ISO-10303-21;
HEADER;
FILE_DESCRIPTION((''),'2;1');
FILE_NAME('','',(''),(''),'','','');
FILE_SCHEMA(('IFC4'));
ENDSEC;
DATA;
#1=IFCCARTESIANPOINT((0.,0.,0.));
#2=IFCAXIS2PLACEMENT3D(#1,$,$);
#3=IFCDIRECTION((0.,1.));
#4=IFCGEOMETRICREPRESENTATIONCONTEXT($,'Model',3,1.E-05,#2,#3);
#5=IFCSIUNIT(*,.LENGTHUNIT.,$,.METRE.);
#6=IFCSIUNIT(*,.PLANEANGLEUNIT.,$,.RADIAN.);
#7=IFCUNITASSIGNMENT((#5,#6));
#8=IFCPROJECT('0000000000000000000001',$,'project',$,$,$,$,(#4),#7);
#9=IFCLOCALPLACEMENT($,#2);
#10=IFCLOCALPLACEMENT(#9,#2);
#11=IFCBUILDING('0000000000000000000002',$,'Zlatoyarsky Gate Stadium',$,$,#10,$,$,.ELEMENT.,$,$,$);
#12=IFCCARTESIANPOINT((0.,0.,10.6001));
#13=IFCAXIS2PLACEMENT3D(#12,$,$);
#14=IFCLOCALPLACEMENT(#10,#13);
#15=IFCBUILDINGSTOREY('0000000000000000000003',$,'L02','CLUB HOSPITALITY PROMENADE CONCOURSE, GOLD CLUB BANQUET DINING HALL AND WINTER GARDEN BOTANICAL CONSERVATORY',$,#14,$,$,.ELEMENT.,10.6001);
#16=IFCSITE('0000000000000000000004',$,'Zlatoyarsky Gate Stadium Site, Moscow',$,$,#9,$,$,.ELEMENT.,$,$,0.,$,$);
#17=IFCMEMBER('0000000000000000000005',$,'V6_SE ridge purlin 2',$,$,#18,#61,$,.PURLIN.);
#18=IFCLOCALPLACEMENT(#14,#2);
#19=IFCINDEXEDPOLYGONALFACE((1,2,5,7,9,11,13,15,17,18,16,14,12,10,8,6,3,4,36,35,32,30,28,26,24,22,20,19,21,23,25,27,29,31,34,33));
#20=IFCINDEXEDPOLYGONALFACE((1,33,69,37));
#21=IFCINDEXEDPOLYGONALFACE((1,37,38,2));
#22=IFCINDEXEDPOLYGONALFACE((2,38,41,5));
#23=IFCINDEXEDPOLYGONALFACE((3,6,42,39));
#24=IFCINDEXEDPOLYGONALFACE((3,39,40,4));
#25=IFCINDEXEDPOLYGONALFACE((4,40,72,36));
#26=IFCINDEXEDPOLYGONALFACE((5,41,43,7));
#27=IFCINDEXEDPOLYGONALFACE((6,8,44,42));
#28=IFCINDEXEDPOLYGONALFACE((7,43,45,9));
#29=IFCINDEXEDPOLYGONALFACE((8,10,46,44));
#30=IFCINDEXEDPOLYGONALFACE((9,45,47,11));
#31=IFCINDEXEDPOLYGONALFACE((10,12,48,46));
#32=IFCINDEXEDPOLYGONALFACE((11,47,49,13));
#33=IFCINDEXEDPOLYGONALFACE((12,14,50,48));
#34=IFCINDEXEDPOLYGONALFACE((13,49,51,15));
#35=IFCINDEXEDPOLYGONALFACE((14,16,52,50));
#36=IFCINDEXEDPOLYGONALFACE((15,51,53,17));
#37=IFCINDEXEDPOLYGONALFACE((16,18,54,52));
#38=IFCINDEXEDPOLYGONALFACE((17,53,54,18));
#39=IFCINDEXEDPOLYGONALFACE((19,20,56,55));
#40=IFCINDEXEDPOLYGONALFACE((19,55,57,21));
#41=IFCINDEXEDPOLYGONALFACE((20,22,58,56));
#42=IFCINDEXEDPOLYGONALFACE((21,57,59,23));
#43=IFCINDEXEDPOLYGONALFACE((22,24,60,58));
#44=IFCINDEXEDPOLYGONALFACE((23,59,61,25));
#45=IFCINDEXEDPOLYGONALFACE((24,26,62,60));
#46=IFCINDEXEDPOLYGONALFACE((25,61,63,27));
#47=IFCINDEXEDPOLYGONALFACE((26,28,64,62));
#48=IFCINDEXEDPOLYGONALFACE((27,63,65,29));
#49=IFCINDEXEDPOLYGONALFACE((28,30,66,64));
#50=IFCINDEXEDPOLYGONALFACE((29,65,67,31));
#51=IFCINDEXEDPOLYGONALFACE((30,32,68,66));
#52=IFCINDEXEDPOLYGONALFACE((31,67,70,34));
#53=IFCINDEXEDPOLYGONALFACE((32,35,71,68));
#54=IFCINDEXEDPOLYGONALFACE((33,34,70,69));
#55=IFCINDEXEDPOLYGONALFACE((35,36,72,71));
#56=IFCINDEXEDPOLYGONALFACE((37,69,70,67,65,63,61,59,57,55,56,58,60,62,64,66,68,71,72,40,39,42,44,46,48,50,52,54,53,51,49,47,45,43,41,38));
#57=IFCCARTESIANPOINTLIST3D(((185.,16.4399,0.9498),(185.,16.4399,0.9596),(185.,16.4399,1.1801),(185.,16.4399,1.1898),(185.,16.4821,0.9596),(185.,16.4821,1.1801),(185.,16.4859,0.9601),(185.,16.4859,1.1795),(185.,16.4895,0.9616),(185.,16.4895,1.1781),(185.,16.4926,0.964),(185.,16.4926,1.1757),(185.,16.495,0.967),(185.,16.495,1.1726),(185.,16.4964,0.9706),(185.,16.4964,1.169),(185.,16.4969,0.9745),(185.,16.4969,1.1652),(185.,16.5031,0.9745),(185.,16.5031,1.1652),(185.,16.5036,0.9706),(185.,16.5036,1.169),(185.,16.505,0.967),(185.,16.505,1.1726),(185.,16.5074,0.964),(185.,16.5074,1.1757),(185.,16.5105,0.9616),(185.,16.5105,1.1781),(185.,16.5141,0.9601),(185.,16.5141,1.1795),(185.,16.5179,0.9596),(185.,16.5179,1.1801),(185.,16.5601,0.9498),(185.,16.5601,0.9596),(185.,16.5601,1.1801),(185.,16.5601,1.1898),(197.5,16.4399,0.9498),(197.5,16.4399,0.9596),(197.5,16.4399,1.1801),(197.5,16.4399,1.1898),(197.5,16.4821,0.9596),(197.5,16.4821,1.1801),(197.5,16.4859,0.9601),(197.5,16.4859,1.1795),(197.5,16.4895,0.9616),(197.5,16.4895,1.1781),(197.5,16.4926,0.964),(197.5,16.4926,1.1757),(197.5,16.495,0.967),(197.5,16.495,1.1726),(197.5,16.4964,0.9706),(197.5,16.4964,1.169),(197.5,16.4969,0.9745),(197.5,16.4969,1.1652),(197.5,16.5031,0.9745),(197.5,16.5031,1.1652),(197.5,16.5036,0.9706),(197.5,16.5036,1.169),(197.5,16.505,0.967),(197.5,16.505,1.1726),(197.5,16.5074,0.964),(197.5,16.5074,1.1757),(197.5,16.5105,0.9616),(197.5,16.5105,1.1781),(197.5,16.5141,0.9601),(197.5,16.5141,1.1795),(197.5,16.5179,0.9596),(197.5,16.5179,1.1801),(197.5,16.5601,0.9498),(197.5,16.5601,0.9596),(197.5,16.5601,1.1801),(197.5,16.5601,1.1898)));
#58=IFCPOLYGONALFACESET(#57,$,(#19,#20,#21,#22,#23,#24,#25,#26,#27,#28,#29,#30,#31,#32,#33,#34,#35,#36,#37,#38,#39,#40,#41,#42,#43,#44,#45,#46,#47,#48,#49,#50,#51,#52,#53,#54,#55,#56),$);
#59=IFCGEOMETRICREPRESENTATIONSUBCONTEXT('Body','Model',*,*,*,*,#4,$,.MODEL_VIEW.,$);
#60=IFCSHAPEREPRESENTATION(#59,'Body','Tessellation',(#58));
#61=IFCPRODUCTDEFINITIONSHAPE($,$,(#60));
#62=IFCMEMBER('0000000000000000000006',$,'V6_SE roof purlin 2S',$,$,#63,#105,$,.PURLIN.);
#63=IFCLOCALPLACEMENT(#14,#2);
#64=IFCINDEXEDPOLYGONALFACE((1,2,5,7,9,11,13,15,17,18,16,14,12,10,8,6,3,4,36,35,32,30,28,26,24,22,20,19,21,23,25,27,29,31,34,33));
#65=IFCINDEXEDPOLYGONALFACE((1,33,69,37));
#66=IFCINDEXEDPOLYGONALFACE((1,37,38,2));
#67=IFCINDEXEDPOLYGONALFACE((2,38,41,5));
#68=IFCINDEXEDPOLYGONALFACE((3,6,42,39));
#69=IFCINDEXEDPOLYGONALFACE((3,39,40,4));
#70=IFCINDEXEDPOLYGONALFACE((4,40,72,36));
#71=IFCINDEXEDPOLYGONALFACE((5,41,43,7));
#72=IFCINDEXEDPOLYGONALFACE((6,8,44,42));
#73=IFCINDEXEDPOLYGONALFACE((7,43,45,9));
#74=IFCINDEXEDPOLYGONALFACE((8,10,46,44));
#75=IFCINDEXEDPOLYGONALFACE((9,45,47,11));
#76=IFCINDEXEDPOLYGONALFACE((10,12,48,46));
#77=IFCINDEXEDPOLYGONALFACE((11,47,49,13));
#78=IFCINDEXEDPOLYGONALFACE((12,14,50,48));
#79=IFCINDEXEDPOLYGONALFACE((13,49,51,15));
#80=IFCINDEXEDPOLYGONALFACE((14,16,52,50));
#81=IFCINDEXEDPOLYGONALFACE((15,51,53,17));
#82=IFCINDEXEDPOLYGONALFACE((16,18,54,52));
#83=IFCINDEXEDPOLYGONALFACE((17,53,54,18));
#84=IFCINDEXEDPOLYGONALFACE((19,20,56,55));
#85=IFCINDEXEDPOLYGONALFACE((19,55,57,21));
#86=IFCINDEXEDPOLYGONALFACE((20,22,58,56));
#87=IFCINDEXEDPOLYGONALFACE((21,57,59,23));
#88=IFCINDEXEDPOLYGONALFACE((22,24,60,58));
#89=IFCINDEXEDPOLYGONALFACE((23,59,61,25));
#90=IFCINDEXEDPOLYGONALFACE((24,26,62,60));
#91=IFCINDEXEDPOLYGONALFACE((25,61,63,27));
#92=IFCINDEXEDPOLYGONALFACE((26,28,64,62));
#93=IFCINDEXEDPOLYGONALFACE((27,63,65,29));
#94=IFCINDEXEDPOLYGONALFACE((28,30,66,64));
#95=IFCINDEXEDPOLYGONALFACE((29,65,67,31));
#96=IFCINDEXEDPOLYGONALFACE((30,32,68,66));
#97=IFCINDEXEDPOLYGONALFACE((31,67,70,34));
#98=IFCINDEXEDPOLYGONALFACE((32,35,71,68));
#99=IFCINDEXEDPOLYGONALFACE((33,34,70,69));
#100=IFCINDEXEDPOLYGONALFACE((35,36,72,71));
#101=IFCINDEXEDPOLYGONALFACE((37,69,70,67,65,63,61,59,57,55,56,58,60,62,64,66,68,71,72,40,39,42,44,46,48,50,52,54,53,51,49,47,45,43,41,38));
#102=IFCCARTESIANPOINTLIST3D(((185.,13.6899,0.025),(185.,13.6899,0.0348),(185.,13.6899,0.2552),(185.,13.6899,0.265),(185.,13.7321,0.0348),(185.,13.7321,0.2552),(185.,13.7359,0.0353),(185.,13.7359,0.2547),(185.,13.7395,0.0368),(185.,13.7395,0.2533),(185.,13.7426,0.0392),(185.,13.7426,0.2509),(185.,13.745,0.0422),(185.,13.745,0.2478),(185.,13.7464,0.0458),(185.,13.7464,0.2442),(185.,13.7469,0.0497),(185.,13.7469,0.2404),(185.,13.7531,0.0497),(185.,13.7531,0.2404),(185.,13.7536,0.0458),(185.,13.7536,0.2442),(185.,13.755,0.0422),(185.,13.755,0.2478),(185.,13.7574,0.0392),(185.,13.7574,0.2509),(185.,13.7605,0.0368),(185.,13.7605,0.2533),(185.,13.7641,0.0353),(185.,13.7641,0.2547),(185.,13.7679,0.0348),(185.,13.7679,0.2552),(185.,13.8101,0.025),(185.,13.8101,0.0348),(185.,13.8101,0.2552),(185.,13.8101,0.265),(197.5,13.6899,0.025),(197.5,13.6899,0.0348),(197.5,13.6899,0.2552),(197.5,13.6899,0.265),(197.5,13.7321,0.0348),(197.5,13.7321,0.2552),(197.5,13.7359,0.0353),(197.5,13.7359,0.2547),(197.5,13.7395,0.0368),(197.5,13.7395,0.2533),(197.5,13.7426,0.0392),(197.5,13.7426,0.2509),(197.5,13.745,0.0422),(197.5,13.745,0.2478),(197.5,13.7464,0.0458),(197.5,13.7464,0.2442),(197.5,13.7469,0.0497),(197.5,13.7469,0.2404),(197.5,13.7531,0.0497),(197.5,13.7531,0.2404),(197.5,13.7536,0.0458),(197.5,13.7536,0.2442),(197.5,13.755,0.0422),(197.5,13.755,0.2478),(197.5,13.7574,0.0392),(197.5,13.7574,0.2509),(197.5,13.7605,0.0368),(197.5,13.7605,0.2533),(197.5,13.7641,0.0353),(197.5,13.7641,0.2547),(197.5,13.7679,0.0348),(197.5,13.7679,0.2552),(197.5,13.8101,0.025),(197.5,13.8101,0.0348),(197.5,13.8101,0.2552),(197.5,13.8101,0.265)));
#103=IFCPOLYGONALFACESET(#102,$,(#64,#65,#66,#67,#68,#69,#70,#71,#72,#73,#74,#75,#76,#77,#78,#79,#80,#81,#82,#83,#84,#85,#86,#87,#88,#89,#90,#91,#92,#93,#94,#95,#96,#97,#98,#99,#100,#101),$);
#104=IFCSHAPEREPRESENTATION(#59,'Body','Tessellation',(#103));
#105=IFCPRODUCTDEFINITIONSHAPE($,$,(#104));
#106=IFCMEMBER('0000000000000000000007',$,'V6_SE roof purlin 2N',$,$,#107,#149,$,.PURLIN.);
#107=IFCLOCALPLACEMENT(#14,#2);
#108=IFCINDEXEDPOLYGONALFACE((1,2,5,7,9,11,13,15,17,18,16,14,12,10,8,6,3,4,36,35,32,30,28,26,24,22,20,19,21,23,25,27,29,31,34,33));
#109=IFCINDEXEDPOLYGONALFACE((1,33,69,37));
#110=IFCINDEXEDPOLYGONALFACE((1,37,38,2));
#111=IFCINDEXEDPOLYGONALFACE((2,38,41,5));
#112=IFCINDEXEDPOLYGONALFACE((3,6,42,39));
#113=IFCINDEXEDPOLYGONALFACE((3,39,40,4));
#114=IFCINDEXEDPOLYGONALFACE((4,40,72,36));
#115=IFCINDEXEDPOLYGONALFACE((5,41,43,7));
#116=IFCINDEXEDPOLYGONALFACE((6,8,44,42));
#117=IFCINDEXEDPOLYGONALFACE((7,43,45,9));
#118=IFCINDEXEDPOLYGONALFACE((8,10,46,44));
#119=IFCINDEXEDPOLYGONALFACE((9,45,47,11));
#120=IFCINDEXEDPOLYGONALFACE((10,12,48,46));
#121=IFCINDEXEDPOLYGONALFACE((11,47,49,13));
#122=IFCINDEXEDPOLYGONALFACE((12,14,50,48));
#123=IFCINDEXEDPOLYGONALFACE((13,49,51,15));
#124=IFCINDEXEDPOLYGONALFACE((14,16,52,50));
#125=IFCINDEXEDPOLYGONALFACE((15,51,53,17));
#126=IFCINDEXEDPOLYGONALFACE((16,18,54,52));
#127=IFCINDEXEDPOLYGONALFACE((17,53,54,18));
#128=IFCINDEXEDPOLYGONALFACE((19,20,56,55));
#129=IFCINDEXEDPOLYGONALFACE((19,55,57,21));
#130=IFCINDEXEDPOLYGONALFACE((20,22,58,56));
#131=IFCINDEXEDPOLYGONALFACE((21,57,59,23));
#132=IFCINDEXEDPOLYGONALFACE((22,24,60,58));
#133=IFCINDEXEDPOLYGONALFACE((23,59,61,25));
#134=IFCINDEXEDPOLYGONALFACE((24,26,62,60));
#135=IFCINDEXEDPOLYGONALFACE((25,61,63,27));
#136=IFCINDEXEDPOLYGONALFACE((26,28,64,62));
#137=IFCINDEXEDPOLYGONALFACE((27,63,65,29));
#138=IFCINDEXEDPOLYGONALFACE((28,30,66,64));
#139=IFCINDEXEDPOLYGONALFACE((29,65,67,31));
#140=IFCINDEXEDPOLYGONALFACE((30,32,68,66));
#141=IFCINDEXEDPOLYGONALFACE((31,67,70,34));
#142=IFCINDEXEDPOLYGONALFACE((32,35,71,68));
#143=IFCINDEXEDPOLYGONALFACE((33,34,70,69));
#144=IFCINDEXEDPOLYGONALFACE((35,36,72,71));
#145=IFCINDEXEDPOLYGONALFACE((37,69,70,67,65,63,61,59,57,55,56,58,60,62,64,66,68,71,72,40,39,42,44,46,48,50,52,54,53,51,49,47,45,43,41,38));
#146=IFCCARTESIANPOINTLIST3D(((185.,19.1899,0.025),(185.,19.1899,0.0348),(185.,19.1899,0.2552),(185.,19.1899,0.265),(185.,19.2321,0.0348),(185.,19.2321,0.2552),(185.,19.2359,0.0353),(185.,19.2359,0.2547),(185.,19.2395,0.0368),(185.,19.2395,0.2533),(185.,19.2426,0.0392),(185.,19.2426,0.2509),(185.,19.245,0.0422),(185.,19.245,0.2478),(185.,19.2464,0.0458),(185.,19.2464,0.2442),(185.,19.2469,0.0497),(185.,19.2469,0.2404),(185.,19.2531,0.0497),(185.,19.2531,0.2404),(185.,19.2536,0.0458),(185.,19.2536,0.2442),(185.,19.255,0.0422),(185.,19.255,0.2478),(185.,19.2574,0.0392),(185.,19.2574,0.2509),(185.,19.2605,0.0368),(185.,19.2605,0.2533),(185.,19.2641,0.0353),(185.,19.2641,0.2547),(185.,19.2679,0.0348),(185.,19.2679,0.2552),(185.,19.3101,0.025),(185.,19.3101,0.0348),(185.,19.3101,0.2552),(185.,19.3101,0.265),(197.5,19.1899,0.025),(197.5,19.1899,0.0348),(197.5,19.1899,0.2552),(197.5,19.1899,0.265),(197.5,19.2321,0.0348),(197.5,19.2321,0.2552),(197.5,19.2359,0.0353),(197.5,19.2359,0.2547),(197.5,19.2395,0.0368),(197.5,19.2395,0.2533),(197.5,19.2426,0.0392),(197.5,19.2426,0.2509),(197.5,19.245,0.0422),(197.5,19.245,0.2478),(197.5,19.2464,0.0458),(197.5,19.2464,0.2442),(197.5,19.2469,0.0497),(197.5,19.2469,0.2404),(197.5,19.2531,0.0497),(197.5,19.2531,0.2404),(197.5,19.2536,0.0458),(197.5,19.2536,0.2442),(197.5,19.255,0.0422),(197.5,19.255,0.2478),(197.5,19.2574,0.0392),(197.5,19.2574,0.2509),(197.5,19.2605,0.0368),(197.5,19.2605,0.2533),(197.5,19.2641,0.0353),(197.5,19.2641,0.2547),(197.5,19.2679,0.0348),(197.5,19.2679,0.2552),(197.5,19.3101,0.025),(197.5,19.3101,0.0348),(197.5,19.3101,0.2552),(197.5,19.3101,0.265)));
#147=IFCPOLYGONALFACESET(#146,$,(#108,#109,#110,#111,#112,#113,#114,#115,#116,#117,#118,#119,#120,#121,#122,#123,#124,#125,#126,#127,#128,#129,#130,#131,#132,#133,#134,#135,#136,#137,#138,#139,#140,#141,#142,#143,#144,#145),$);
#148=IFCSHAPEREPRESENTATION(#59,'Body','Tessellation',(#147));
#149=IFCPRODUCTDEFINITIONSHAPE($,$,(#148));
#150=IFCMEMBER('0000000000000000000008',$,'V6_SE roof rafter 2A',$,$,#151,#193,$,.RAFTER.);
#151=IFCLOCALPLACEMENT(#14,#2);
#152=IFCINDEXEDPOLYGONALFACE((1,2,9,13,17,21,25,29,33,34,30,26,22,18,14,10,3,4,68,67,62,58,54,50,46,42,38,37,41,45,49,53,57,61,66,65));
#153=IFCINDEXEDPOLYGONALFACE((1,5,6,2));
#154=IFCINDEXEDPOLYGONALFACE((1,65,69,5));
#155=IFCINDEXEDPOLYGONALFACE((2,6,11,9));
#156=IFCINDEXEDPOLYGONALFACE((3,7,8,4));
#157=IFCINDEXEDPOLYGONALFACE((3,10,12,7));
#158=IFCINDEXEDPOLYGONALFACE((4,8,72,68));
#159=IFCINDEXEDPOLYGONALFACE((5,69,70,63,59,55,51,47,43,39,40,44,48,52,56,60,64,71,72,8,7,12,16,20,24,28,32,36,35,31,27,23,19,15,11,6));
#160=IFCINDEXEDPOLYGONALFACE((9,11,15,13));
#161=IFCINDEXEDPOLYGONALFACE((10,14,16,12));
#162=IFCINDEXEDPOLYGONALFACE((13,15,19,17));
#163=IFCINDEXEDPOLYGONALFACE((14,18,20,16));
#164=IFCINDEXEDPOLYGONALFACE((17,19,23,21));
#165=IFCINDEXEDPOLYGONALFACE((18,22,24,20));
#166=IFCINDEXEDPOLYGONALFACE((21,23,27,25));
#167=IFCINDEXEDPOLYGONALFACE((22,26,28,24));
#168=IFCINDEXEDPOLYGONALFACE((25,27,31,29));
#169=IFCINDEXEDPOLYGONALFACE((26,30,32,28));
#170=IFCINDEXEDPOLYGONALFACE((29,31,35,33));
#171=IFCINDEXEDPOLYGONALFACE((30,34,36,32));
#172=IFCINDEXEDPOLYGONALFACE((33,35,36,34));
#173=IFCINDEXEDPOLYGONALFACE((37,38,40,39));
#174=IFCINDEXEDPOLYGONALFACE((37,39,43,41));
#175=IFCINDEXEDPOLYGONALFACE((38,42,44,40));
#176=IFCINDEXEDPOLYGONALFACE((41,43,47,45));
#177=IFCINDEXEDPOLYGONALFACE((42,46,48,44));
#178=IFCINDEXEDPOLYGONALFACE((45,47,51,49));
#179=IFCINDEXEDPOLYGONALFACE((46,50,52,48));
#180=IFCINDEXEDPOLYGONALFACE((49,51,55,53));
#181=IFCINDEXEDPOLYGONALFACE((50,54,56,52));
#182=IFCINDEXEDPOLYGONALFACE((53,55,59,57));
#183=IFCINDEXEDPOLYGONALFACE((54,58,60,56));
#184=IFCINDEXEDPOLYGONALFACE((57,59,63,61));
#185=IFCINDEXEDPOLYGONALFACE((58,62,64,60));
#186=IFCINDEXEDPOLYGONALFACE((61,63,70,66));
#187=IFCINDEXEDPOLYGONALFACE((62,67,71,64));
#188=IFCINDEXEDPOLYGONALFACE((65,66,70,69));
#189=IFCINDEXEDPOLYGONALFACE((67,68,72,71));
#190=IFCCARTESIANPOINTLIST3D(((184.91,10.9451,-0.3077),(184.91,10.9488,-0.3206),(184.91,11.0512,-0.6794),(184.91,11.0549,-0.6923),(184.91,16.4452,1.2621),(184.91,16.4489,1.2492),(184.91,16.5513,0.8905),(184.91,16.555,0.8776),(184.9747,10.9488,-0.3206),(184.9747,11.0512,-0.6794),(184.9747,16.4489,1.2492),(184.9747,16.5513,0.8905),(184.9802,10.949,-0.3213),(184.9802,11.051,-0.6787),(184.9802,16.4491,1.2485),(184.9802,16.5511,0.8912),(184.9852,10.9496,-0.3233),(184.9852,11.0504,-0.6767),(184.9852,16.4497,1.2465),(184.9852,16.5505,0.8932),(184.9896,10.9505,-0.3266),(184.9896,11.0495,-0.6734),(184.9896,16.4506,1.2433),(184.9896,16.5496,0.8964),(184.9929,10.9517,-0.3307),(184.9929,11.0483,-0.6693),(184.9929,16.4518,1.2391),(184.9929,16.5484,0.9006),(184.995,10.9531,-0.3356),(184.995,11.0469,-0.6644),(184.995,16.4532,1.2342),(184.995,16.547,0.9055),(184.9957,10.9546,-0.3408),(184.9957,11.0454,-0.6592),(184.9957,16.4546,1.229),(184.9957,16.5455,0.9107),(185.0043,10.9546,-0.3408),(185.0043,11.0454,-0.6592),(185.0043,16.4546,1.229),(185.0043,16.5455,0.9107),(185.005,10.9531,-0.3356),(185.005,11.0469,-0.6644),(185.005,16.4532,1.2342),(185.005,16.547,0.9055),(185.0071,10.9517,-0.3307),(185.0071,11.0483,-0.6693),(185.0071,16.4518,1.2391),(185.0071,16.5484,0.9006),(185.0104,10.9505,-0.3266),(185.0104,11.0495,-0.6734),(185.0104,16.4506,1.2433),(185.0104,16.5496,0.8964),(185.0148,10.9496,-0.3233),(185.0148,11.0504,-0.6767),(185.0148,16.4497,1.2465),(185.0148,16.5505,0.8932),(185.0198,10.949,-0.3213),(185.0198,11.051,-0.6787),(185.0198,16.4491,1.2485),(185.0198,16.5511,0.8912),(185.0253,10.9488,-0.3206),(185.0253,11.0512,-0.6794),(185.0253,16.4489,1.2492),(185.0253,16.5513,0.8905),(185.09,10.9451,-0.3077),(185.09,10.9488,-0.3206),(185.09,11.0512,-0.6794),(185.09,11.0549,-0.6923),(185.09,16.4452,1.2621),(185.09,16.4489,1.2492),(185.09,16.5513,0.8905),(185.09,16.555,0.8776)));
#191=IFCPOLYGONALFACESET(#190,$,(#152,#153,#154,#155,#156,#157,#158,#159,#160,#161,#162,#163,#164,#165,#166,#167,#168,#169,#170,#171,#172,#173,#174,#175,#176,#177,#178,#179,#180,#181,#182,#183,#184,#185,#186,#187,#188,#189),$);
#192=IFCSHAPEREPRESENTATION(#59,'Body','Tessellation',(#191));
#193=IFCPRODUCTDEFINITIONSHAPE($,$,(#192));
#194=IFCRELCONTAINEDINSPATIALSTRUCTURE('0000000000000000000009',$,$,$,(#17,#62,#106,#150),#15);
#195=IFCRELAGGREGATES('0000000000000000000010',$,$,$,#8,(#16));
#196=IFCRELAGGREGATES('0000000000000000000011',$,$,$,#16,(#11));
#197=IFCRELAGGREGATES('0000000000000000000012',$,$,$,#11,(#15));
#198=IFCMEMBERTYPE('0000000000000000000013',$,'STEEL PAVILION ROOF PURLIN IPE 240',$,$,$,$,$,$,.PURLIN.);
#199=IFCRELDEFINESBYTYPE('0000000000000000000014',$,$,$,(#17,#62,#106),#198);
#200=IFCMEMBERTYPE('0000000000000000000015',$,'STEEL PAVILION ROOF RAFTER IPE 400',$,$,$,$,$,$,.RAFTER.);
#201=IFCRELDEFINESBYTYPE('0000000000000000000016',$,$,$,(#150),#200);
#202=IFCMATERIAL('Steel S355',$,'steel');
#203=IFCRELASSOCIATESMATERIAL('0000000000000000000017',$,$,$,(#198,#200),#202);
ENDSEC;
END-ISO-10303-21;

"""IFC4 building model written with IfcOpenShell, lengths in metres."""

from ifc_helpers import new_model, si_unit, direction, frame, origin, origin_2d, place, context, subcontext, project, spatial, i_section, extrude, material, material_profile, profile_set, type_object, element, save


model = new_model("IFC4")

# Units and contexts
model_context = context("Model", 3, precision=1e-05, world=origin(), true_north=direction((0.0, 1.0)))
body_context = subcontext(model_context, "Body", "Model", "MODEL_VIEW")
ifc_project = project(units=[si_unit("LENGTHUNIT", "METRE"), si_unit("PLANEANGLEUNIT", "RADIAN")], contexts=[model_context])

# Site, building, storey
site_placement = place(None, origin())
site = spatial("IfcSite", under=ifc_project, at=site_placement, Name="Zlatoyarsky Gate Stadium Site, Moscow", CompositionType="ELEMENT", RefElevation=0.0)
building_placement = place(site_placement, origin())
building = spatial("IfcBuilding", under=site, at=building_placement, Name="Zlatoyarsky Gate Stadium", CompositionType="ELEMENT")
storey_placement = place(building_placement, frame((0.0, 0.0, 10.6001)))
storey = spatial("IfcBuildingStorey", under=building, at=storey_placement, Name="L02", Description="CLUB HOSPITALITY PROMENADE CONCOURSE, GOLD CLUB BANQUET DINING HALL AND WINTER GARDEN BOTANICAL CONSERVATORY", CompositionType="ELEMENT", Elevation=10.6001)

# Shared definitions
ifc_material_1 = material(Name="Steel S355", Category="steel")

# Members
ifc_material_profile_1 = material_profile(ifc_material_1, i_section(OverallWidth=0.1201, OverallDepth=0.24, WebThickness=0.0061, FlangeThickness=0.0098, FilletRadius=0.0149, at=origin_2d()), Name="IPE 240")
ifc_profile_set_1 = profile_set([ifc_material_profile_1], Name="Steel S355")
member_type_1 = type_object("IfcMemberType", Name="STEEL PAVILION ROOF PURLIN IPE 240", PredefinedType="PURLIN", material=ifc_profile_set_1)
for number, where, z_axis, x_axis, name in (
    (1, (185.0, 16.5, 1.0698), (1.0, 0.0, 0.0), (0.0, 1.0, 0.0), "V6_SE ridge purlin 2"),
    (2, (185.0, 13.75, 0.145), (1.0, 0.0, 0.0), (0.0, 1.0, 0.0), "V6_SE roof purlin 2S"),
    (3, (185.0, 19.25, 0.145), (1.0, 0.0, 0.0), (0.0, 1.0, 0.0), "V6_SE roof purlin 2N"),
):
    element("IfcMember", number, at=place(storey_placement, frame(where, z_axis=z_axis, x_axis=x_axis)), inside=storey, type_object=member_type_1, Name=name, PredefinedType="PURLIN", context=body_context, shape_type="SweptSolid", body=[
        extrude(i_section(OverallWidth=0.1201, OverallDepth=0.24, WebThickness=0.0061, FlangeThickness=0.0098, FilletRadius=0.0149, at=origin_2d()), origin(), (0.0, 0.0, 1.0), 12.5),
    ])
ifc_material_profile_2 = material_profile(ifc_material_1, i_section(OverallWidth=0.1799, OverallDepth=0.3999, WebThickness=0.0085, FlangeThickness=0.0134, FilletRadius=0.021, at=origin_2d()), Name="IPE 400")
ifc_profile_set_2 = profile_set([ifc_material_profile_2], Name="Steel S355")
member_type_2 = type_object("IfcMemberType", Name="STEEL PAVILION ROOF RAFTER IPE 400", PredefinedType="RAFTER", material=ifc_profile_set_2)
for number, where, z_axis, x_axis, name in (
    (4, (185.0, 11.0, -0.5), (0.0, 0.961598, 0.274462), (-1.0, 0.0, 0.0), "V6_SE roof rafter 2A"),
):
    element("IfcMember", number, at=place(storey_placement, frame(where, z_axis=z_axis, x_axis=x_axis)), inside=storey, type_object=member_type_2, Name=name, PredefinedType="RAFTER", context=body_context, shape_type="SweptSolid", body=[
        extrude(i_section(OverallWidth=0.1799, OverallDepth=0.3999, WebThickness=0.0085, FlangeThickness=0.0134, FilletRadius=0.021, at=origin_2d()), origin(), (0.0, 0.0, 1.0), 5.7197),
    ])

save(model, "model.ifc")
